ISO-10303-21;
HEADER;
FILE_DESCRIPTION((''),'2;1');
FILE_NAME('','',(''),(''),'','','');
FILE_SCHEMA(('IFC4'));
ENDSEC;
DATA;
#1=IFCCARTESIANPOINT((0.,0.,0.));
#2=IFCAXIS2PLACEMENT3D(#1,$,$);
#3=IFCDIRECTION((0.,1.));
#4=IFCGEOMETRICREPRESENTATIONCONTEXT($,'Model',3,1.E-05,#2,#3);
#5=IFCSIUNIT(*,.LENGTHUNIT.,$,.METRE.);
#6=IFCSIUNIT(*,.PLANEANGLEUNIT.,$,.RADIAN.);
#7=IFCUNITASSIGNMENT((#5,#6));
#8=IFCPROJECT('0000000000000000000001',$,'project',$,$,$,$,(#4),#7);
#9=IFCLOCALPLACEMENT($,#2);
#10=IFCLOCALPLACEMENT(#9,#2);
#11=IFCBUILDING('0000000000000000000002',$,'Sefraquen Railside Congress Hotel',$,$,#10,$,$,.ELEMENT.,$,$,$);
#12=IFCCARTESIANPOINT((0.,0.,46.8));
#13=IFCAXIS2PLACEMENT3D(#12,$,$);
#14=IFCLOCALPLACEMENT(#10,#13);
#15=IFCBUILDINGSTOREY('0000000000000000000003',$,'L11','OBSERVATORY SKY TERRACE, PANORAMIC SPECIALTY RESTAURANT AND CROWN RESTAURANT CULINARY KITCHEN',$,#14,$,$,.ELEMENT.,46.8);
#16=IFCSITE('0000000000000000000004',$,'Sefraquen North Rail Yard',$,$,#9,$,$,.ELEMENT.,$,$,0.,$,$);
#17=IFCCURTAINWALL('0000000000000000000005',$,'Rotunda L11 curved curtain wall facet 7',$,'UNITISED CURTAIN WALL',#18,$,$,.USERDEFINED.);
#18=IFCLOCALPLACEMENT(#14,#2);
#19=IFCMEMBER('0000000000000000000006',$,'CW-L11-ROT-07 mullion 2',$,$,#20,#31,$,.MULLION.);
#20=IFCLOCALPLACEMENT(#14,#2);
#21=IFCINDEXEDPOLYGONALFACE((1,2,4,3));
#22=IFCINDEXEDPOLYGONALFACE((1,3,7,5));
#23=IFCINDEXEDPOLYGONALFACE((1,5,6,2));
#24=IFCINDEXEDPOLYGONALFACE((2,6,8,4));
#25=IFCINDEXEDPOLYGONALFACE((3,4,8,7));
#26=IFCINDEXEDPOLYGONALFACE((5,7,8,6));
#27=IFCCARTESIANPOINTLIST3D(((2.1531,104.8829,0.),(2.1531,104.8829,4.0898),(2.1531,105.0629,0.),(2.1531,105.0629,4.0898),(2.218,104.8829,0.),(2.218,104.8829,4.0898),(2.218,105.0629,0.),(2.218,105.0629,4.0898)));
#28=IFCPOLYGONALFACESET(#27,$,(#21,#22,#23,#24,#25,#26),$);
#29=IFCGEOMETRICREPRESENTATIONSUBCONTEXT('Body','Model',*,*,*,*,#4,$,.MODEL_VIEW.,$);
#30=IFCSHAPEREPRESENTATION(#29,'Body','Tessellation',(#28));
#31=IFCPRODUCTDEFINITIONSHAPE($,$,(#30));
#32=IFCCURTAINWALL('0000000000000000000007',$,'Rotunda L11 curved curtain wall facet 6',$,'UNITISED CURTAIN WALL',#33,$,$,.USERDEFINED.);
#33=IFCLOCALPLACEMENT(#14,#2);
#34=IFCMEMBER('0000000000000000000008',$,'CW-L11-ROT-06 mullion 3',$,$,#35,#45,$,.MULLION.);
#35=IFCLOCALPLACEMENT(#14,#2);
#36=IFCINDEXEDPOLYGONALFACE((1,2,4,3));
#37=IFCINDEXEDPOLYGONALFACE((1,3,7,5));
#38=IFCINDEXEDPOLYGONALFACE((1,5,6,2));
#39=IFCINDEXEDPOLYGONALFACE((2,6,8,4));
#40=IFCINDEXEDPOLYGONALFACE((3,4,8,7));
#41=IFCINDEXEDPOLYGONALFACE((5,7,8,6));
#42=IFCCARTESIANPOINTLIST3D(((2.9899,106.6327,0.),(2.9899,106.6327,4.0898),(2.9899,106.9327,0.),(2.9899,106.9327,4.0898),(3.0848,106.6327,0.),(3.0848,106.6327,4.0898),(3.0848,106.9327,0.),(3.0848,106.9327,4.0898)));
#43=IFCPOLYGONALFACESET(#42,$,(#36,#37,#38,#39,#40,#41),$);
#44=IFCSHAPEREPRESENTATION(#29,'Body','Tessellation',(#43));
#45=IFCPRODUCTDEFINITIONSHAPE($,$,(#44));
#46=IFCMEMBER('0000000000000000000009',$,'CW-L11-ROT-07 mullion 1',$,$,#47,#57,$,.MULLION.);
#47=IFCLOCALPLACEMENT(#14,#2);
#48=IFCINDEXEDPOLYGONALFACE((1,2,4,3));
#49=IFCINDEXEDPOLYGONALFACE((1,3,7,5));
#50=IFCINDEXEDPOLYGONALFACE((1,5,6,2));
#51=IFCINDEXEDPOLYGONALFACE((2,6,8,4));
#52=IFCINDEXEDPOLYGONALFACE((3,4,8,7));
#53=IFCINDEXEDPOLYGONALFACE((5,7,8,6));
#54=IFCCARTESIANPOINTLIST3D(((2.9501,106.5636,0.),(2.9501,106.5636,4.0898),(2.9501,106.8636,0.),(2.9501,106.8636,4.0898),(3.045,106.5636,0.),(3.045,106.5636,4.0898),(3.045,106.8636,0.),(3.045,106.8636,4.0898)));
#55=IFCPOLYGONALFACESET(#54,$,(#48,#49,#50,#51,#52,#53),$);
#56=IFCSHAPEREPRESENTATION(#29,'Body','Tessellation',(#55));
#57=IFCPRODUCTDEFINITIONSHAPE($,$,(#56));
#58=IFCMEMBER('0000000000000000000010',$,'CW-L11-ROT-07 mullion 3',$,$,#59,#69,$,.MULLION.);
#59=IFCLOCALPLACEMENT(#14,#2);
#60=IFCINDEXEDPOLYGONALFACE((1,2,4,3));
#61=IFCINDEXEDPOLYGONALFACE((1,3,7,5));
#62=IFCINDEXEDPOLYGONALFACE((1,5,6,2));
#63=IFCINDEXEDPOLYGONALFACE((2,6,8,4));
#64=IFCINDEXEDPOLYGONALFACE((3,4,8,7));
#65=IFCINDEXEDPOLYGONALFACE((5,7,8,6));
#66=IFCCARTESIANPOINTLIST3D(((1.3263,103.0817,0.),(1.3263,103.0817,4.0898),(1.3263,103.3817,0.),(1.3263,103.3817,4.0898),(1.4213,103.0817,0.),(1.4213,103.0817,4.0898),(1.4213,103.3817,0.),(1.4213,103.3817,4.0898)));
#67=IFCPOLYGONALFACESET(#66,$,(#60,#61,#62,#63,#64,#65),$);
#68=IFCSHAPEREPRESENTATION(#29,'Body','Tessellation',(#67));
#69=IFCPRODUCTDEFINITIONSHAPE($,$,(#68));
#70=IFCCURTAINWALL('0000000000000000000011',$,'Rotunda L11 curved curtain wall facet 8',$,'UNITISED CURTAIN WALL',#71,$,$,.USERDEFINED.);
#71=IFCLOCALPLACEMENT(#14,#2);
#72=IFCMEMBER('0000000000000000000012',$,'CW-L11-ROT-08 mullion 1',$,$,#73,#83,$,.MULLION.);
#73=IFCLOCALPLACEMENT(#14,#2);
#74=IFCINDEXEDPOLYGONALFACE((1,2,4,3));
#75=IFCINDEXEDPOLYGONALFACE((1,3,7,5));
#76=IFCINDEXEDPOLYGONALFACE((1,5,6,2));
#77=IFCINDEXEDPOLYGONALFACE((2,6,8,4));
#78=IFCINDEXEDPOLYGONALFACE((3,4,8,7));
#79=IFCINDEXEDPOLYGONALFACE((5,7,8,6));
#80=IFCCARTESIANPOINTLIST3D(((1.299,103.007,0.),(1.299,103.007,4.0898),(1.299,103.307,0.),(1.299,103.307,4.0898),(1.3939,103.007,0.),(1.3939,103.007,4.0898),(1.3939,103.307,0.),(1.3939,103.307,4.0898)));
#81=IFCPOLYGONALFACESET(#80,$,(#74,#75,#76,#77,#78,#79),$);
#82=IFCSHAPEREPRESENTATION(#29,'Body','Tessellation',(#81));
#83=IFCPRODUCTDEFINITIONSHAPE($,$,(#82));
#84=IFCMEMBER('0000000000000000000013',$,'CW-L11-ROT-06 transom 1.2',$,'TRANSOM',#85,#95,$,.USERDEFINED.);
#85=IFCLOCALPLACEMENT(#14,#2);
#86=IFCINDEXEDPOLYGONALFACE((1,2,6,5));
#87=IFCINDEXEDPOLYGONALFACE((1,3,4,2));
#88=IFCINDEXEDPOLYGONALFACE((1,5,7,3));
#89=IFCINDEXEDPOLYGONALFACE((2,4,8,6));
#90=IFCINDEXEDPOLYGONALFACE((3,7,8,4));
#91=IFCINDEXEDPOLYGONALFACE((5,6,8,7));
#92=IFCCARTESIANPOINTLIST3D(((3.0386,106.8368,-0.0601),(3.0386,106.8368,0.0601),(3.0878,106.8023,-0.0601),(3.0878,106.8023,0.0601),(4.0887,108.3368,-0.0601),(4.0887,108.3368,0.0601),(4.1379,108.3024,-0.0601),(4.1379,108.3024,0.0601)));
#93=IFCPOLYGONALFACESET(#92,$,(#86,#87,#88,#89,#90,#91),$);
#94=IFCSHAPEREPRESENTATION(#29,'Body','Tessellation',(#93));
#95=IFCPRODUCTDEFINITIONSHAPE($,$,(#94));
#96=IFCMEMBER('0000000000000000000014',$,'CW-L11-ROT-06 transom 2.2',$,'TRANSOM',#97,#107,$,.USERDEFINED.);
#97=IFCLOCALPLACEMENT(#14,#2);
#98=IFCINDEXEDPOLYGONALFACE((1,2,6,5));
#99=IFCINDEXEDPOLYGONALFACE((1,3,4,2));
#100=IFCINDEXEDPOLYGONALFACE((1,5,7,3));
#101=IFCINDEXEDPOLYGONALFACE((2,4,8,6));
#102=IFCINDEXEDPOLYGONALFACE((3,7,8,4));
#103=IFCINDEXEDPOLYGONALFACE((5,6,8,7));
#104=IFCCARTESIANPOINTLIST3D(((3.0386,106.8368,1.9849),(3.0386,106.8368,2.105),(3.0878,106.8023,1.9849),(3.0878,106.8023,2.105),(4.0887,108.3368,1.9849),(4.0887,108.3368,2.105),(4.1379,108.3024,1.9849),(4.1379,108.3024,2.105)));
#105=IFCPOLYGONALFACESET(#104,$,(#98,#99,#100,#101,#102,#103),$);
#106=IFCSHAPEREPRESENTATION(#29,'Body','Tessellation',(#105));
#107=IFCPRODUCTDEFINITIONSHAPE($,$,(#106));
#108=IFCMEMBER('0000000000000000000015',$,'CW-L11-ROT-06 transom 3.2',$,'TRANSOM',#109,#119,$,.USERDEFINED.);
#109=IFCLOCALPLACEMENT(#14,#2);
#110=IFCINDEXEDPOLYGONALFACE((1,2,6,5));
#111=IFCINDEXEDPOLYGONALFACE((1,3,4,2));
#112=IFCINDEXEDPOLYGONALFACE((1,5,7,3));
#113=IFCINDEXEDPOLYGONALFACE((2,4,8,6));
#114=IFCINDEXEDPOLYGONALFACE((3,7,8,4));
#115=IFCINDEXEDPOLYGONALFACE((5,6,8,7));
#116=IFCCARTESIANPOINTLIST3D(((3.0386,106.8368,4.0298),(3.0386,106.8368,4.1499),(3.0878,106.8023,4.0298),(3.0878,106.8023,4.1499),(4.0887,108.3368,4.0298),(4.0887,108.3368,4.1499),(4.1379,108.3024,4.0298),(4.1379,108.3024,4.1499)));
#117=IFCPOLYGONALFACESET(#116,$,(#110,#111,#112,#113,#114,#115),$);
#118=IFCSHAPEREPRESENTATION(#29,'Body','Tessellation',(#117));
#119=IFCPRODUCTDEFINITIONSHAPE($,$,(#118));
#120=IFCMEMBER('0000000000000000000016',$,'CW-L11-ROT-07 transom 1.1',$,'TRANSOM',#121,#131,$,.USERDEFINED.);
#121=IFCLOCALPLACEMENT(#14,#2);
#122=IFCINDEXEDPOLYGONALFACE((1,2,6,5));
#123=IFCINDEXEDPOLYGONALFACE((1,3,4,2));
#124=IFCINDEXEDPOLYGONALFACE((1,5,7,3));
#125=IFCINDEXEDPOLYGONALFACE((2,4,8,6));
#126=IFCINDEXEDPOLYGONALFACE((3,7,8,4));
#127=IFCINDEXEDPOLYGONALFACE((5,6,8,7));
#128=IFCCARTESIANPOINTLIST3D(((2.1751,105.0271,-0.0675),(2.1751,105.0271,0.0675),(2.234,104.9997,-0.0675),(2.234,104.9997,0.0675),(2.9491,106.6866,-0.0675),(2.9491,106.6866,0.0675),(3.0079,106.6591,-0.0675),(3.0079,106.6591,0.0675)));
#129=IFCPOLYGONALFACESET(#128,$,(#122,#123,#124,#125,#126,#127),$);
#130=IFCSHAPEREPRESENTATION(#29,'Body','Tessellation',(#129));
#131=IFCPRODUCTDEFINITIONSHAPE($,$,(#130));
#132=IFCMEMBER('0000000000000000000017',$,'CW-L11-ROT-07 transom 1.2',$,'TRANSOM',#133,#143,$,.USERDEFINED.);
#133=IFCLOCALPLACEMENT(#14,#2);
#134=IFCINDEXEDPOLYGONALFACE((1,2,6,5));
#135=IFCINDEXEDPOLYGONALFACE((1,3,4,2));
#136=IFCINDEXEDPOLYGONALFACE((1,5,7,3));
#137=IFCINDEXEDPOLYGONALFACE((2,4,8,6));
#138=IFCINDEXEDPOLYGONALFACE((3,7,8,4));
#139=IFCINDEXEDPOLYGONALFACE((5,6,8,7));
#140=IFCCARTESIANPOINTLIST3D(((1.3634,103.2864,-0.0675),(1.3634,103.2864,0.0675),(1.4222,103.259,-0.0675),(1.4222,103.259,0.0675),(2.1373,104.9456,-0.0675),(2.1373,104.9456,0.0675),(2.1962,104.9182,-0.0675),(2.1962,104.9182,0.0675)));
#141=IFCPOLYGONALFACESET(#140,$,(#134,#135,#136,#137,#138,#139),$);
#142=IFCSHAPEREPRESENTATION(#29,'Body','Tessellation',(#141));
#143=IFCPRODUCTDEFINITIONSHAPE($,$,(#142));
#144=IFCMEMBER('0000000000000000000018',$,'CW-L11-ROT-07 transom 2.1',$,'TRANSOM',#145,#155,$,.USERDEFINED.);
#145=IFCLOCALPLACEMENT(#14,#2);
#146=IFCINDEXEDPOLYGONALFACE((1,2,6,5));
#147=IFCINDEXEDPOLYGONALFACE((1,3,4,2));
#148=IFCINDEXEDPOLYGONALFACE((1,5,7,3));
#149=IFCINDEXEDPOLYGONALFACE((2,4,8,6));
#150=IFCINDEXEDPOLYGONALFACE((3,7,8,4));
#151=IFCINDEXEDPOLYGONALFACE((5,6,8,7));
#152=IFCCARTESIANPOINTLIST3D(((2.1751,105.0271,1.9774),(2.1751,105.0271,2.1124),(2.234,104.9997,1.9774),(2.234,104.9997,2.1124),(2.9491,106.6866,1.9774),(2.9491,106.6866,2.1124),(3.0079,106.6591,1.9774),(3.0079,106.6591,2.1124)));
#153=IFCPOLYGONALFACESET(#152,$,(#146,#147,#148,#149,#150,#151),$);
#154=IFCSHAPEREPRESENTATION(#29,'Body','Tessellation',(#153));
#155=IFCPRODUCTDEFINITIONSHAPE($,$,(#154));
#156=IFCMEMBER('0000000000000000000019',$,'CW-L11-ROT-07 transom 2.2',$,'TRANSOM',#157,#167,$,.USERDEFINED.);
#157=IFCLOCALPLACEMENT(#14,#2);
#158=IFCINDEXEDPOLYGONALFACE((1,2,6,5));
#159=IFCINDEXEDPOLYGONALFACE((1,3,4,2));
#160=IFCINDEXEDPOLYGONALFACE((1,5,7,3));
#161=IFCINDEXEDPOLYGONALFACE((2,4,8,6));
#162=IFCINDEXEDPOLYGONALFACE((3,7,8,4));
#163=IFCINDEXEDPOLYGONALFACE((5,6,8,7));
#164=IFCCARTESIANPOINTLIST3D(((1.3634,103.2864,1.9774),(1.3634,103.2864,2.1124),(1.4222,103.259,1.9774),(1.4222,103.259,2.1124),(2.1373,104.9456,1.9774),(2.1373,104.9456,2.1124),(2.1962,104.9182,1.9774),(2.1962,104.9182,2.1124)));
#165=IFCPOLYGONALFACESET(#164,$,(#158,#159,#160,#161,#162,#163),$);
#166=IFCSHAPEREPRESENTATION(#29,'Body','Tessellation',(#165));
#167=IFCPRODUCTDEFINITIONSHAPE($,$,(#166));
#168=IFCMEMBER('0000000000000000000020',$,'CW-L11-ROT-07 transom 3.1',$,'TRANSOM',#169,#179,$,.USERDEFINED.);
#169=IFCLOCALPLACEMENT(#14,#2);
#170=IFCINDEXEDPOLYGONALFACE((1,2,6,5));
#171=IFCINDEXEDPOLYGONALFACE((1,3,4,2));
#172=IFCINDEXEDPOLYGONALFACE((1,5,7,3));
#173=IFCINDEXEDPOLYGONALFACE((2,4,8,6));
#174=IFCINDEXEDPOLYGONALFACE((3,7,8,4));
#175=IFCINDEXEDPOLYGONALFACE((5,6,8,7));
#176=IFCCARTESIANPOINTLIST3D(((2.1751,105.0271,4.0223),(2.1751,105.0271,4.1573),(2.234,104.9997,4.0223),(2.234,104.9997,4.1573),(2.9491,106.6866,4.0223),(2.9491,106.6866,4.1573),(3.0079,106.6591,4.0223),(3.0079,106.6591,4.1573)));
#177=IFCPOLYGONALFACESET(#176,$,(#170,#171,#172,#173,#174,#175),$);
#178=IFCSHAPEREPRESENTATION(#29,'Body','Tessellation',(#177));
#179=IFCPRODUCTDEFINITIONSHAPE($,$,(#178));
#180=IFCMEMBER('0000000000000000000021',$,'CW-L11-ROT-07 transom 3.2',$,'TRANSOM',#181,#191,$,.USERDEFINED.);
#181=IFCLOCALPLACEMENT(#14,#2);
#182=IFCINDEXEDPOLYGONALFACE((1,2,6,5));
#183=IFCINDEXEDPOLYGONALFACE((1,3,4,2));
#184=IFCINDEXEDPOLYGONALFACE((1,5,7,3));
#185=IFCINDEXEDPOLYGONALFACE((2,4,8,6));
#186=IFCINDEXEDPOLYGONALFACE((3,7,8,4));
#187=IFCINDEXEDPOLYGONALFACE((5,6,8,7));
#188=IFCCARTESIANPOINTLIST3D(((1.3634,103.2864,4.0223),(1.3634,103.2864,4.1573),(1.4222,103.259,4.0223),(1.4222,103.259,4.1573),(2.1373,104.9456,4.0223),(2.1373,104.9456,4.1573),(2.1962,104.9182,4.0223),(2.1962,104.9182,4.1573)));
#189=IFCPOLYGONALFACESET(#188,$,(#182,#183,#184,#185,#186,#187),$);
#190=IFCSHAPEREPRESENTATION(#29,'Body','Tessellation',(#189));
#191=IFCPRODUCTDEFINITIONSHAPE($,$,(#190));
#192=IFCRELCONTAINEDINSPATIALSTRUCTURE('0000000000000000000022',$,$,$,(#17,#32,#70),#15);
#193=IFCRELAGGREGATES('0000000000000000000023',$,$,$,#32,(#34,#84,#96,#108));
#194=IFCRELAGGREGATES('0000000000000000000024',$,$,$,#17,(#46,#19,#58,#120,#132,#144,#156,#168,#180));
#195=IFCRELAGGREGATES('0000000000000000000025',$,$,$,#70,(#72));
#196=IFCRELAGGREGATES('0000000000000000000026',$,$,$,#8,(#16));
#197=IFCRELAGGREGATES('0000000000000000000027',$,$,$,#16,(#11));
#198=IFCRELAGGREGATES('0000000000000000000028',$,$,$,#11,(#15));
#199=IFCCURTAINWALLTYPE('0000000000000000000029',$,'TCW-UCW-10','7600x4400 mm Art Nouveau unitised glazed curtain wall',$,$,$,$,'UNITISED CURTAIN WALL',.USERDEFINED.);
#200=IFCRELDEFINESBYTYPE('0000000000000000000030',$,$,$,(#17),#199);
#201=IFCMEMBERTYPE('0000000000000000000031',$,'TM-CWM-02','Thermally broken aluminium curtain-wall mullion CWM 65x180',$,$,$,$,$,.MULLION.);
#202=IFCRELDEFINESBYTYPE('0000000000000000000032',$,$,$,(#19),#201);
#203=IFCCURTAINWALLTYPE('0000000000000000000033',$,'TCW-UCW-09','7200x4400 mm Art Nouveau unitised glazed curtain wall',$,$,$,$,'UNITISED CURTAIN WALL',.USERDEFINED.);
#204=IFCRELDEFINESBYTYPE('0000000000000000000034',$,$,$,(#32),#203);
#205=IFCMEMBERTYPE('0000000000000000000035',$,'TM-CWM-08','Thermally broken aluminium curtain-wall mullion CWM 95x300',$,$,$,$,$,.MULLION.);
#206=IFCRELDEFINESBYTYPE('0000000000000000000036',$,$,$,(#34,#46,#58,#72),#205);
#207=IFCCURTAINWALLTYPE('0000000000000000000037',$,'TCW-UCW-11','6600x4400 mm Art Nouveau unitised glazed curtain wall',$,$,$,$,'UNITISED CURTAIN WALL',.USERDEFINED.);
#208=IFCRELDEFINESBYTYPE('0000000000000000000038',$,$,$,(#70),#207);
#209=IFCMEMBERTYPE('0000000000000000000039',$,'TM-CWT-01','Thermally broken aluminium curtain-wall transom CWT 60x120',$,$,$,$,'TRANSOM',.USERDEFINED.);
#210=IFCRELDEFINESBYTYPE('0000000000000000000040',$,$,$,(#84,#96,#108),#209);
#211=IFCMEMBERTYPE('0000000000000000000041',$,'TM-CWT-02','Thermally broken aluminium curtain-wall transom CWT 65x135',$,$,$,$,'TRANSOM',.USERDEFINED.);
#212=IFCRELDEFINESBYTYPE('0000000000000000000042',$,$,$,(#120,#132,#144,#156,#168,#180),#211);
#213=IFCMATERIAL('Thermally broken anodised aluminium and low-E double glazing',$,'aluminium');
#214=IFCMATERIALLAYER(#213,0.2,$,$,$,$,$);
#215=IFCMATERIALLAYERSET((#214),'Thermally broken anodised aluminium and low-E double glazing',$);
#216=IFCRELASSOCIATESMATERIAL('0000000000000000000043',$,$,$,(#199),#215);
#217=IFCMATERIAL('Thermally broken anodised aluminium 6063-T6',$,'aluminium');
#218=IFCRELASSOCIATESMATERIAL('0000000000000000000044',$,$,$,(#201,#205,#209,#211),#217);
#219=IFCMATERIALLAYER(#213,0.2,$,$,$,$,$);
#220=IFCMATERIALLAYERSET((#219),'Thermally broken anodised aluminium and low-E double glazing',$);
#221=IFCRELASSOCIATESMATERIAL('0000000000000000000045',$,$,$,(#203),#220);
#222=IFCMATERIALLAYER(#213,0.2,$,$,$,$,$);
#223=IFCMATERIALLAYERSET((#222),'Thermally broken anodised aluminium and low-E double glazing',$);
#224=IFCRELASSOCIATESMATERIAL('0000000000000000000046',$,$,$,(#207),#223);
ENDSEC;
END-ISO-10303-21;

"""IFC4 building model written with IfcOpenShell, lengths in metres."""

from ifc_helpers import new_model, si_unit, direction, frame, origin, origin_2d, place, context, subcontext, project, spatial, rectangle, extrude, material, layer, layer_set, material_profile, profile_set, type_object, element, aggregate, save


model = new_model("IFC4")

# Units and contexts
model_context = context("Model", 3, precision=1e-05, world=origin(), true_north=direction((0.0, 1.0)))
body_context = subcontext(model_context, "Body", "Model", "MODEL_VIEW")
ifc_project = project(units=[si_unit("LENGTHUNIT", "METRE"), si_unit("PLANEANGLEUNIT", "RADIAN")], contexts=[model_context])

# Site, building, storey
site_placement = place(None, origin())
site = spatial("IfcSite", under=ifc_project, at=site_placement, Name="Sefraquen North Rail Yard", CompositionType="ELEMENT", RefElevation=0.0)
building_placement = place(site_placement, origin())
building = spatial("IfcBuilding", under=site, at=building_placement, Name="Sefraquen Railside Congress Hotel", CompositionType="ELEMENT")
storey_placement = place(building_placement, frame((0.0, 0.0, 46.8)))
storey = spatial("IfcBuildingStorey", under=building, at=storey_placement, Name="L11", Description="OBSERVATORY SKY TERRACE, PANORAMIC SPECIALTY RESTAURANT AND CROWN RESTAURANT CULINARY KITCHEN", CompositionType="ELEMENT", Elevation=46.8)

# Curtain walls, members
ifc_material_1 = material(Name="Thermally broken anodised aluminium and low-E double glazing", Category="aluminium")
ifc_layer_1 = layer(ifc_material_1, 0.2)
ifc_layer_set_1 = layer_set([ifc_layer_1], Name="Thermally broken anodised aluminium and low-E double glazing")
curtain_wall_type_1 = type_object("IfcCurtainWallType", Name="TCW-UCW-10", Description="7600x4400 mm Art Nouveau unitised glazed curtain wall", ElementType="UNITISED CURTAIN WALL", PredefinedType="USERDEFINED", material=ifc_layer_set_1)
curtain_wall_1_placement = place(storey_placement, origin())
curtain_wall_1 = element("IfcCurtainWall", 1, at=curtain_wall_1_placement, inside=storey, type_object=curtain_wall_type_1, Name="Rotunda L11 curved curtain wall facet 7", ObjectType="UNITISED CURTAIN WALL", PredefinedType="USERDEFINED")
ifc_material_2 = material(Name="Thermally broken anodised aluminium 6063-T6", Category="aluminium")
ifc_material_profile_1 = material_profile(ifc_material_2, rectangle(XDim=0.0649, YDim=0.1799, at=origin_2d()), Name="CWM 65x180")
ifc_profile_set_1 = profile_set([ifc_material_profile_1], Name="Thermally broken anodised aluminium 6063-T6")
member_type_1 = type_object("IfcMemberType", Name="TM-CWM-02", Description="Thermally broken aluminium curtain-wall mullion CWM 65x180", PredefinedType="MULLION", material=ifc_profile_set_1)
member_1_placement = place(storey_placement, frame((2.1855, 104.9729, 0.0), z_axis=(0.0, 0.0, 1.0), x_axis=(1.0, 0.0, 0.0)))
member_1 = element("IfcMember", 2, at=member_1_placement, type_object=member_type_1, Name="CW-L11-ROT-07 mullion 2", PredefinedType="MULLION", context=body_context, shape_type="SweptSolid", body=[
    extrude(rectangle(XDim=0.0649, YDim=0.1799, at=origin_2d()), origin(), (0.0, 0.0, 1.0), 4.0898),
])
ifc_layer_2 = layer(ifc_material_1, 0.2)
ifc_layer_set_2 = layer_set([ifc_layer_2], Name="Thermally broken anodised aluminium and low-E double glazing")
curtain_wall_type_2 = type_object("IfcCurtainWallType", Name="TCW-UCW-09", Description="7200x4400 mm Art Nouveau unitised glazed curtain wall", ElementType="UNITISED CURTAIN WALL", PredefinedType="USERDEFINED", material=ifc_layer_set_2)
curtain_wall_2_placement = place(storey_placement, origin())
curtain_wall_2 = element("IfcCurtainWall", 3, at=curtain_wall_2_placement, inside=storey, type_object=curtain_wall_type_2, Name="Rotunda L11 curved curtain wall facet 6", ObjectType="UNITISED CURTAIN WALL", PredefinedType="USERDEFINED")
ifc_material_profile_2 = material_profile(ifc_material_2, rectangle(XDim=0.095, YDim=0.3, at=origin_2d()), Name="CWM 95x300")
ifc_profile_set_2 = profile_set([ifc_material_profile_2], Name="Thermally broken anodised aluminium 6063-T6")
member_type_2 = type_object("IfcMemberType", Name="TM-CWM-08", Description="Thermally broken aluminium curtain-wall mullion CWM 95x300", PredefinedType="MULLION", material=ifc_profile_set_2)
member_2_placement = place(storey_placement, frame((3.0374, 106.7827, 0.0), z_axis=(0.0, 0.0, 1.0), x_axis=(1.0, 0.0, 0.0)))
member_2 = element("IfcMember", 4, at=member_2_placement, type_object=member_type_2, Name="CW-L11-ROT-06 mullion 3", PredefinedType="MULLION", context=body_context, shape_type="SweptSolid", body=[
    extrude(rectangle(XDim=0.095, YDim=0.3, at=origin_2d()), origin(), (0.0, 0.0, 1.0), 4.0898),
])

# Members
member_3_placement = place(storey_placement, frame((2.9976, 106.7136, 0.0), z_axis=(0.0, 0.0, 1.0), x_axis=(1.0, 0.0, 0.0)))
member_3 = element("IfcMember", 5, at=member_3_placement, type_object=member_type_2, Name="CW-L11-ROT-07 mullion 1", PredefinedType="MULLION", context=body_context, shape_type="SweptSolid", body=[
    extrude(rectangle(XDim=0.095, YDim=0.3, at=origin_2d()), origin(), (0.0, 0.0, 1.0), 4.0898),
])
member_4_placement = place(storey_placement, frame((1.3738, 103.2317, 0.0), z_axis=(0.0, 0.0, 1.0), x_axis=(1.0, 0.0, 0.0)))
member_4 = element("IfcMember", 6, at=member_4_placement, type_object=member_type_2, Name="CW-L11-ROT-07 mullion 3", PredefinedType="MULLION", context=body_context, shape_type="SweptSolid", body=[
    extrude(rectangle(XDim=0.095, YDim=0.3, at=origin_2d()), origin(), (0.0, 0.0, 1.0), 4.0898),
])

# Curtain wall, member
ifc_layer_3 = layer(ifc_material_1, 0.2)
ifc_layer_set_3 = layer_set([ifc_layer_3], Name="Thermally broken anodised aluminium and low-E double glazing")
curtain_wall_type_3 = type_object("IfcCurtainWallType", Name="TCW-UCW-11", Description="6600x4400 mm Art Nouveau unitised glazed curtain wall", ElementType="UNITISED CURTAIN WALL", PredefinedType="USERDEFINED", material=ifc_layer_set_3)
curtain_wall_3_placement = place(storey_placement, origin())
curtain_wall_3 = element("IfcCurtainWall", 7, at=curtain_wall_3_placement, inside=storey, type_object=curtain_wall_type_3, Name="Rotunda L11 curved curtain wall facet 8", ObjectType="UNITISED CURTAIN WALL", PredefinedType="USERDEFINED")
member_5_placement = place(storey_placement, frame((1.3464, 103.157, 0.0), z_axis=(0.0, 0.0, 1.0), x_axis=(1.0, 0.0, 0.0)))
member_5 = element("IfcMember", 8, at=member_5_placement, type_object=member_type_2, Name="CW-L11-ROT-08 mullion 1", PredefinedType="MULLION", context=body_context, shape_type="SweptSolid", body=[
    extrude(rectangle(XDim=0.095, YDim=0.3, at=origin_2d()), origin(), (0.0, 0.0, 1.0), 4.0898),
])

# Members
ifc_material_profile_3 = material_profile(ifc_material_2, rectangle(XDim=0.0601, YDim=0.1201, at=origin_2d()), Name="CWT 60x120")
ifc_profile_set_3 = profile_set([ifc_material_profile_3], Name="Thermally broken anodised aluminium 6063-T6")
member_type_3 = type_object("IfcMemberType", Name="TM-CWT-01", Description="Thermally broken aluminium curtain-wall transom CWT 60x120", ElementType="TRANSOM", PredefinedType="USERDEFINED", material=ifc_profile_set_3)
member_6_placement = place(storey_placement, frame((4.1133, 108.3196, 0.0), z_axis=(-0.57348, -0.819219, 0.0), x_axis=(0.819219, -0.57348, 0.0)))
member_6 = element("IfcMember", 9, at=member_6_placement, type_object=member_type_3, Name="CW-L11-ROT-06 transom 1.2", ObjectType="TRANSOM", PredefinedType="USERDEFINED", context=body_context, shape_type="SweptSolid", body=[
    extrude(rectangle(XDim=0.0601, YDim=0.1201, at=origin_2d()), origin(), (0.0, 0.0, 1.0), 1.8311),
])
member_7_placement = place(storey_placement, frame((4.1133, 108.3196, 2.0449), z_axis=(-0.57348, -0.819219, 0.0), x_axis=(0.819219, -0.57348, 0.0)))
member_7 = element("IfcMember", 10, at=member_7_placement, type_object=member_type_3, Name="CW-L11-ROT-06 transom 2.2", ObjectType="TRANSOM", PredefinedType="USERDEFINED", context=body_context, shape_type="SweptSolid", body=[
    extrude(rectangle(XDim=0.0601, YDim=0.1201, at=origin_2d()), origin(), (0.0, 0.0, 1.0), 1.8311),
])
member_8_placement = place(storey_placement, frame((4.1133, 108.3196, 4.0898), z_axis=(-0.57348, -0.819219, 0.0), x_axis=(0.819219, -0.57348, 0.0)))
member_8 = element("IfcMember", 11, at=member_8_placement, type_object=member_type_3, Name="CW-L11-ROT-06 transom 3.2", ObjectType="TRANSOM", PredefinedType="USERDEFINED", context=body_context, shape_type="SweptSolid", body=[
    extrude(rectangle(XDim=0.0601, YDim=0.1201, at=origin_2d()), origin(), (0.0, 0.0, 1.0), 1.8311),
])
ifc_material_profile_4 = material_profile(ifc_material_2, rectangle(XDim=0.0649, YDim=0.135, at=origin_2d()), Name="CWT 65x135")
ifc_profile_set_4 = profile_set([ifc_material_profile_4], Name="Thermally broken anodised aluminium 6063-T6")
member_type_4 = type_object("IfcMemberType", Name="TM-CWT-02", Description="Thermally broken aluminium curtain-wall transom CWT 65x135", ElementType="TRANSOM", PredefinedType="USERDEFINED", material=ifc_profile_set_4)
member_9_placement = place(storey_placement, frame((2.9785, 106.6729, 0.0), z_axis=(-0.422674, -0.906282, 0.0), x_axis=(0.906282, -0.422674, 0.0)))
member_9 = element("IfcMember", 12, at=member_9_placement, type_object=member_type_4, Name="CW-L11-ROT-07 transom 1.1", ObjectType="TRANSOM", PredefinedType="USERDEFINED", context=body_context, shape_type="SweptSolid", body=[
    extrude(rectangle(XDim=0.0649, YDim=0.135, at=origin_2d()), origin(), (0.0, 0.0, 1.0), 1.8311),
])
member_10_placement = place(storey_placement, frame((2.1667, 104.9319, 0.0), z_axis=(-0.422725, -0.906258, 0.0), x_axis=(0.906258, -0.422725, 0.0)))
member_10 = element("IfcMember", 13, at=member_10_placement, type_object=member_type_4, Name="CW-L11-ROT-07 transom 1.2", ObjectType="TRANSOM", PredefinedType="USERDEFINED", context=body_context, shape_type="SweptSolid", body=[
    extrude(rectangle(XDim=0.0649, YDim=0.135, at=origin_2d()), origin(), (0.0, 0.0, 1.0), 1.8308),
])
member_11_placement = place(storey_placement, frame((2.9785, 106.6729, 2.0449), z_axis=(-0.422674, -0.906282, 0.0), x_axis=(0.906282, -0.422674, 0.0)))
member_11 = element("IfcMember", 14, at=member_11_placement, type_object=member_type_4, Name="CW-L11-ROT-07 transom 2.1", ObjectType="TRANSOM", PredefinedType="USERDEFINED", context=body_context, shape_type="SweptSolid", body=[
    extrude(rectangle(XDim=0.0649, YDim=0.135, at=origin_2d()), origin(), (0.0, 0.0, 1.0), 1.8311),
])
member_12_placement = place(storey_placement, frame((2.1667, 104.9319, 2.0449), z_axis=(-0.422725, -0.906258, 0.0), x_axis=(0.906258, -0.422725, 0.0)))
member_12 = element("IfcMember", 15, at=member_12_placement, type_object=member_type_4, Name="CW-L11-ROT-07 transom 2.2", ObjectType="TRANSOM", PredefinedType="USERDEFINED", context=body_context, shape_type="SweptSolid", body=[
    extrude(rectangle(XDim=0.0649, YDim=0.135, at=origin_2d()), origin(), (0.0, 0.0, 1.0), 1.8308),
])
member_13_placement = place(storey_placement, frame((2.9785, 106.6729, 4.0898), z_axis=(-0.422674, -0.906282, 0.0), x_axis=(0.906282, -0.422674, 0.0)))
member_13 = element("IfcMember", 16, at=member_13_placement, type_object=member_type_4, Name="CW-L11-ROT-07 transom 3.1", ObjectType="TRANSOM", PredefinedType="USERDEFINED", context=body_context, shape_type="SweptSolid", body=[
    extrude(rectangle(XDim=0.0649, YDim=0.135, at=origin_2d()), origin(), (0.0, 0.0, 1.0), 1.8311),
])
member_14_placement = place(storey_placement, frame((2.1667, 104.9319, 4.0898), z_axis=(-0.422725, -0.906258, 0.0), x_axis=(0.906258, -0.422725, 0.0)))
member_14 = element("IfcMember", 17, at=member_14_placement, type_object=member_type_4, Name="CW-L11-ROT-07 transom 3.2", ObjectType="TRANSOM", PredefinedType="USERDEFINED", context=body_context, shape_type="SweptSolid", body=[
    extrude(rectangle(XDim=0.0649, YDim=0.135, at=origin_2d()), origin(), (0.0, 0.0, 1.0), 1.8308),
])

aggregate(curtain_wall_2, [member_2, member_6, member_7, member_8])
aggregate(curtain_wall_1, [member_3, member_1, member_4, member_9, member_10, member_11, member_12, member_13, member_14])
aggregate(curtain_wall_3, [member_5])

save(model, "model.ifc")
